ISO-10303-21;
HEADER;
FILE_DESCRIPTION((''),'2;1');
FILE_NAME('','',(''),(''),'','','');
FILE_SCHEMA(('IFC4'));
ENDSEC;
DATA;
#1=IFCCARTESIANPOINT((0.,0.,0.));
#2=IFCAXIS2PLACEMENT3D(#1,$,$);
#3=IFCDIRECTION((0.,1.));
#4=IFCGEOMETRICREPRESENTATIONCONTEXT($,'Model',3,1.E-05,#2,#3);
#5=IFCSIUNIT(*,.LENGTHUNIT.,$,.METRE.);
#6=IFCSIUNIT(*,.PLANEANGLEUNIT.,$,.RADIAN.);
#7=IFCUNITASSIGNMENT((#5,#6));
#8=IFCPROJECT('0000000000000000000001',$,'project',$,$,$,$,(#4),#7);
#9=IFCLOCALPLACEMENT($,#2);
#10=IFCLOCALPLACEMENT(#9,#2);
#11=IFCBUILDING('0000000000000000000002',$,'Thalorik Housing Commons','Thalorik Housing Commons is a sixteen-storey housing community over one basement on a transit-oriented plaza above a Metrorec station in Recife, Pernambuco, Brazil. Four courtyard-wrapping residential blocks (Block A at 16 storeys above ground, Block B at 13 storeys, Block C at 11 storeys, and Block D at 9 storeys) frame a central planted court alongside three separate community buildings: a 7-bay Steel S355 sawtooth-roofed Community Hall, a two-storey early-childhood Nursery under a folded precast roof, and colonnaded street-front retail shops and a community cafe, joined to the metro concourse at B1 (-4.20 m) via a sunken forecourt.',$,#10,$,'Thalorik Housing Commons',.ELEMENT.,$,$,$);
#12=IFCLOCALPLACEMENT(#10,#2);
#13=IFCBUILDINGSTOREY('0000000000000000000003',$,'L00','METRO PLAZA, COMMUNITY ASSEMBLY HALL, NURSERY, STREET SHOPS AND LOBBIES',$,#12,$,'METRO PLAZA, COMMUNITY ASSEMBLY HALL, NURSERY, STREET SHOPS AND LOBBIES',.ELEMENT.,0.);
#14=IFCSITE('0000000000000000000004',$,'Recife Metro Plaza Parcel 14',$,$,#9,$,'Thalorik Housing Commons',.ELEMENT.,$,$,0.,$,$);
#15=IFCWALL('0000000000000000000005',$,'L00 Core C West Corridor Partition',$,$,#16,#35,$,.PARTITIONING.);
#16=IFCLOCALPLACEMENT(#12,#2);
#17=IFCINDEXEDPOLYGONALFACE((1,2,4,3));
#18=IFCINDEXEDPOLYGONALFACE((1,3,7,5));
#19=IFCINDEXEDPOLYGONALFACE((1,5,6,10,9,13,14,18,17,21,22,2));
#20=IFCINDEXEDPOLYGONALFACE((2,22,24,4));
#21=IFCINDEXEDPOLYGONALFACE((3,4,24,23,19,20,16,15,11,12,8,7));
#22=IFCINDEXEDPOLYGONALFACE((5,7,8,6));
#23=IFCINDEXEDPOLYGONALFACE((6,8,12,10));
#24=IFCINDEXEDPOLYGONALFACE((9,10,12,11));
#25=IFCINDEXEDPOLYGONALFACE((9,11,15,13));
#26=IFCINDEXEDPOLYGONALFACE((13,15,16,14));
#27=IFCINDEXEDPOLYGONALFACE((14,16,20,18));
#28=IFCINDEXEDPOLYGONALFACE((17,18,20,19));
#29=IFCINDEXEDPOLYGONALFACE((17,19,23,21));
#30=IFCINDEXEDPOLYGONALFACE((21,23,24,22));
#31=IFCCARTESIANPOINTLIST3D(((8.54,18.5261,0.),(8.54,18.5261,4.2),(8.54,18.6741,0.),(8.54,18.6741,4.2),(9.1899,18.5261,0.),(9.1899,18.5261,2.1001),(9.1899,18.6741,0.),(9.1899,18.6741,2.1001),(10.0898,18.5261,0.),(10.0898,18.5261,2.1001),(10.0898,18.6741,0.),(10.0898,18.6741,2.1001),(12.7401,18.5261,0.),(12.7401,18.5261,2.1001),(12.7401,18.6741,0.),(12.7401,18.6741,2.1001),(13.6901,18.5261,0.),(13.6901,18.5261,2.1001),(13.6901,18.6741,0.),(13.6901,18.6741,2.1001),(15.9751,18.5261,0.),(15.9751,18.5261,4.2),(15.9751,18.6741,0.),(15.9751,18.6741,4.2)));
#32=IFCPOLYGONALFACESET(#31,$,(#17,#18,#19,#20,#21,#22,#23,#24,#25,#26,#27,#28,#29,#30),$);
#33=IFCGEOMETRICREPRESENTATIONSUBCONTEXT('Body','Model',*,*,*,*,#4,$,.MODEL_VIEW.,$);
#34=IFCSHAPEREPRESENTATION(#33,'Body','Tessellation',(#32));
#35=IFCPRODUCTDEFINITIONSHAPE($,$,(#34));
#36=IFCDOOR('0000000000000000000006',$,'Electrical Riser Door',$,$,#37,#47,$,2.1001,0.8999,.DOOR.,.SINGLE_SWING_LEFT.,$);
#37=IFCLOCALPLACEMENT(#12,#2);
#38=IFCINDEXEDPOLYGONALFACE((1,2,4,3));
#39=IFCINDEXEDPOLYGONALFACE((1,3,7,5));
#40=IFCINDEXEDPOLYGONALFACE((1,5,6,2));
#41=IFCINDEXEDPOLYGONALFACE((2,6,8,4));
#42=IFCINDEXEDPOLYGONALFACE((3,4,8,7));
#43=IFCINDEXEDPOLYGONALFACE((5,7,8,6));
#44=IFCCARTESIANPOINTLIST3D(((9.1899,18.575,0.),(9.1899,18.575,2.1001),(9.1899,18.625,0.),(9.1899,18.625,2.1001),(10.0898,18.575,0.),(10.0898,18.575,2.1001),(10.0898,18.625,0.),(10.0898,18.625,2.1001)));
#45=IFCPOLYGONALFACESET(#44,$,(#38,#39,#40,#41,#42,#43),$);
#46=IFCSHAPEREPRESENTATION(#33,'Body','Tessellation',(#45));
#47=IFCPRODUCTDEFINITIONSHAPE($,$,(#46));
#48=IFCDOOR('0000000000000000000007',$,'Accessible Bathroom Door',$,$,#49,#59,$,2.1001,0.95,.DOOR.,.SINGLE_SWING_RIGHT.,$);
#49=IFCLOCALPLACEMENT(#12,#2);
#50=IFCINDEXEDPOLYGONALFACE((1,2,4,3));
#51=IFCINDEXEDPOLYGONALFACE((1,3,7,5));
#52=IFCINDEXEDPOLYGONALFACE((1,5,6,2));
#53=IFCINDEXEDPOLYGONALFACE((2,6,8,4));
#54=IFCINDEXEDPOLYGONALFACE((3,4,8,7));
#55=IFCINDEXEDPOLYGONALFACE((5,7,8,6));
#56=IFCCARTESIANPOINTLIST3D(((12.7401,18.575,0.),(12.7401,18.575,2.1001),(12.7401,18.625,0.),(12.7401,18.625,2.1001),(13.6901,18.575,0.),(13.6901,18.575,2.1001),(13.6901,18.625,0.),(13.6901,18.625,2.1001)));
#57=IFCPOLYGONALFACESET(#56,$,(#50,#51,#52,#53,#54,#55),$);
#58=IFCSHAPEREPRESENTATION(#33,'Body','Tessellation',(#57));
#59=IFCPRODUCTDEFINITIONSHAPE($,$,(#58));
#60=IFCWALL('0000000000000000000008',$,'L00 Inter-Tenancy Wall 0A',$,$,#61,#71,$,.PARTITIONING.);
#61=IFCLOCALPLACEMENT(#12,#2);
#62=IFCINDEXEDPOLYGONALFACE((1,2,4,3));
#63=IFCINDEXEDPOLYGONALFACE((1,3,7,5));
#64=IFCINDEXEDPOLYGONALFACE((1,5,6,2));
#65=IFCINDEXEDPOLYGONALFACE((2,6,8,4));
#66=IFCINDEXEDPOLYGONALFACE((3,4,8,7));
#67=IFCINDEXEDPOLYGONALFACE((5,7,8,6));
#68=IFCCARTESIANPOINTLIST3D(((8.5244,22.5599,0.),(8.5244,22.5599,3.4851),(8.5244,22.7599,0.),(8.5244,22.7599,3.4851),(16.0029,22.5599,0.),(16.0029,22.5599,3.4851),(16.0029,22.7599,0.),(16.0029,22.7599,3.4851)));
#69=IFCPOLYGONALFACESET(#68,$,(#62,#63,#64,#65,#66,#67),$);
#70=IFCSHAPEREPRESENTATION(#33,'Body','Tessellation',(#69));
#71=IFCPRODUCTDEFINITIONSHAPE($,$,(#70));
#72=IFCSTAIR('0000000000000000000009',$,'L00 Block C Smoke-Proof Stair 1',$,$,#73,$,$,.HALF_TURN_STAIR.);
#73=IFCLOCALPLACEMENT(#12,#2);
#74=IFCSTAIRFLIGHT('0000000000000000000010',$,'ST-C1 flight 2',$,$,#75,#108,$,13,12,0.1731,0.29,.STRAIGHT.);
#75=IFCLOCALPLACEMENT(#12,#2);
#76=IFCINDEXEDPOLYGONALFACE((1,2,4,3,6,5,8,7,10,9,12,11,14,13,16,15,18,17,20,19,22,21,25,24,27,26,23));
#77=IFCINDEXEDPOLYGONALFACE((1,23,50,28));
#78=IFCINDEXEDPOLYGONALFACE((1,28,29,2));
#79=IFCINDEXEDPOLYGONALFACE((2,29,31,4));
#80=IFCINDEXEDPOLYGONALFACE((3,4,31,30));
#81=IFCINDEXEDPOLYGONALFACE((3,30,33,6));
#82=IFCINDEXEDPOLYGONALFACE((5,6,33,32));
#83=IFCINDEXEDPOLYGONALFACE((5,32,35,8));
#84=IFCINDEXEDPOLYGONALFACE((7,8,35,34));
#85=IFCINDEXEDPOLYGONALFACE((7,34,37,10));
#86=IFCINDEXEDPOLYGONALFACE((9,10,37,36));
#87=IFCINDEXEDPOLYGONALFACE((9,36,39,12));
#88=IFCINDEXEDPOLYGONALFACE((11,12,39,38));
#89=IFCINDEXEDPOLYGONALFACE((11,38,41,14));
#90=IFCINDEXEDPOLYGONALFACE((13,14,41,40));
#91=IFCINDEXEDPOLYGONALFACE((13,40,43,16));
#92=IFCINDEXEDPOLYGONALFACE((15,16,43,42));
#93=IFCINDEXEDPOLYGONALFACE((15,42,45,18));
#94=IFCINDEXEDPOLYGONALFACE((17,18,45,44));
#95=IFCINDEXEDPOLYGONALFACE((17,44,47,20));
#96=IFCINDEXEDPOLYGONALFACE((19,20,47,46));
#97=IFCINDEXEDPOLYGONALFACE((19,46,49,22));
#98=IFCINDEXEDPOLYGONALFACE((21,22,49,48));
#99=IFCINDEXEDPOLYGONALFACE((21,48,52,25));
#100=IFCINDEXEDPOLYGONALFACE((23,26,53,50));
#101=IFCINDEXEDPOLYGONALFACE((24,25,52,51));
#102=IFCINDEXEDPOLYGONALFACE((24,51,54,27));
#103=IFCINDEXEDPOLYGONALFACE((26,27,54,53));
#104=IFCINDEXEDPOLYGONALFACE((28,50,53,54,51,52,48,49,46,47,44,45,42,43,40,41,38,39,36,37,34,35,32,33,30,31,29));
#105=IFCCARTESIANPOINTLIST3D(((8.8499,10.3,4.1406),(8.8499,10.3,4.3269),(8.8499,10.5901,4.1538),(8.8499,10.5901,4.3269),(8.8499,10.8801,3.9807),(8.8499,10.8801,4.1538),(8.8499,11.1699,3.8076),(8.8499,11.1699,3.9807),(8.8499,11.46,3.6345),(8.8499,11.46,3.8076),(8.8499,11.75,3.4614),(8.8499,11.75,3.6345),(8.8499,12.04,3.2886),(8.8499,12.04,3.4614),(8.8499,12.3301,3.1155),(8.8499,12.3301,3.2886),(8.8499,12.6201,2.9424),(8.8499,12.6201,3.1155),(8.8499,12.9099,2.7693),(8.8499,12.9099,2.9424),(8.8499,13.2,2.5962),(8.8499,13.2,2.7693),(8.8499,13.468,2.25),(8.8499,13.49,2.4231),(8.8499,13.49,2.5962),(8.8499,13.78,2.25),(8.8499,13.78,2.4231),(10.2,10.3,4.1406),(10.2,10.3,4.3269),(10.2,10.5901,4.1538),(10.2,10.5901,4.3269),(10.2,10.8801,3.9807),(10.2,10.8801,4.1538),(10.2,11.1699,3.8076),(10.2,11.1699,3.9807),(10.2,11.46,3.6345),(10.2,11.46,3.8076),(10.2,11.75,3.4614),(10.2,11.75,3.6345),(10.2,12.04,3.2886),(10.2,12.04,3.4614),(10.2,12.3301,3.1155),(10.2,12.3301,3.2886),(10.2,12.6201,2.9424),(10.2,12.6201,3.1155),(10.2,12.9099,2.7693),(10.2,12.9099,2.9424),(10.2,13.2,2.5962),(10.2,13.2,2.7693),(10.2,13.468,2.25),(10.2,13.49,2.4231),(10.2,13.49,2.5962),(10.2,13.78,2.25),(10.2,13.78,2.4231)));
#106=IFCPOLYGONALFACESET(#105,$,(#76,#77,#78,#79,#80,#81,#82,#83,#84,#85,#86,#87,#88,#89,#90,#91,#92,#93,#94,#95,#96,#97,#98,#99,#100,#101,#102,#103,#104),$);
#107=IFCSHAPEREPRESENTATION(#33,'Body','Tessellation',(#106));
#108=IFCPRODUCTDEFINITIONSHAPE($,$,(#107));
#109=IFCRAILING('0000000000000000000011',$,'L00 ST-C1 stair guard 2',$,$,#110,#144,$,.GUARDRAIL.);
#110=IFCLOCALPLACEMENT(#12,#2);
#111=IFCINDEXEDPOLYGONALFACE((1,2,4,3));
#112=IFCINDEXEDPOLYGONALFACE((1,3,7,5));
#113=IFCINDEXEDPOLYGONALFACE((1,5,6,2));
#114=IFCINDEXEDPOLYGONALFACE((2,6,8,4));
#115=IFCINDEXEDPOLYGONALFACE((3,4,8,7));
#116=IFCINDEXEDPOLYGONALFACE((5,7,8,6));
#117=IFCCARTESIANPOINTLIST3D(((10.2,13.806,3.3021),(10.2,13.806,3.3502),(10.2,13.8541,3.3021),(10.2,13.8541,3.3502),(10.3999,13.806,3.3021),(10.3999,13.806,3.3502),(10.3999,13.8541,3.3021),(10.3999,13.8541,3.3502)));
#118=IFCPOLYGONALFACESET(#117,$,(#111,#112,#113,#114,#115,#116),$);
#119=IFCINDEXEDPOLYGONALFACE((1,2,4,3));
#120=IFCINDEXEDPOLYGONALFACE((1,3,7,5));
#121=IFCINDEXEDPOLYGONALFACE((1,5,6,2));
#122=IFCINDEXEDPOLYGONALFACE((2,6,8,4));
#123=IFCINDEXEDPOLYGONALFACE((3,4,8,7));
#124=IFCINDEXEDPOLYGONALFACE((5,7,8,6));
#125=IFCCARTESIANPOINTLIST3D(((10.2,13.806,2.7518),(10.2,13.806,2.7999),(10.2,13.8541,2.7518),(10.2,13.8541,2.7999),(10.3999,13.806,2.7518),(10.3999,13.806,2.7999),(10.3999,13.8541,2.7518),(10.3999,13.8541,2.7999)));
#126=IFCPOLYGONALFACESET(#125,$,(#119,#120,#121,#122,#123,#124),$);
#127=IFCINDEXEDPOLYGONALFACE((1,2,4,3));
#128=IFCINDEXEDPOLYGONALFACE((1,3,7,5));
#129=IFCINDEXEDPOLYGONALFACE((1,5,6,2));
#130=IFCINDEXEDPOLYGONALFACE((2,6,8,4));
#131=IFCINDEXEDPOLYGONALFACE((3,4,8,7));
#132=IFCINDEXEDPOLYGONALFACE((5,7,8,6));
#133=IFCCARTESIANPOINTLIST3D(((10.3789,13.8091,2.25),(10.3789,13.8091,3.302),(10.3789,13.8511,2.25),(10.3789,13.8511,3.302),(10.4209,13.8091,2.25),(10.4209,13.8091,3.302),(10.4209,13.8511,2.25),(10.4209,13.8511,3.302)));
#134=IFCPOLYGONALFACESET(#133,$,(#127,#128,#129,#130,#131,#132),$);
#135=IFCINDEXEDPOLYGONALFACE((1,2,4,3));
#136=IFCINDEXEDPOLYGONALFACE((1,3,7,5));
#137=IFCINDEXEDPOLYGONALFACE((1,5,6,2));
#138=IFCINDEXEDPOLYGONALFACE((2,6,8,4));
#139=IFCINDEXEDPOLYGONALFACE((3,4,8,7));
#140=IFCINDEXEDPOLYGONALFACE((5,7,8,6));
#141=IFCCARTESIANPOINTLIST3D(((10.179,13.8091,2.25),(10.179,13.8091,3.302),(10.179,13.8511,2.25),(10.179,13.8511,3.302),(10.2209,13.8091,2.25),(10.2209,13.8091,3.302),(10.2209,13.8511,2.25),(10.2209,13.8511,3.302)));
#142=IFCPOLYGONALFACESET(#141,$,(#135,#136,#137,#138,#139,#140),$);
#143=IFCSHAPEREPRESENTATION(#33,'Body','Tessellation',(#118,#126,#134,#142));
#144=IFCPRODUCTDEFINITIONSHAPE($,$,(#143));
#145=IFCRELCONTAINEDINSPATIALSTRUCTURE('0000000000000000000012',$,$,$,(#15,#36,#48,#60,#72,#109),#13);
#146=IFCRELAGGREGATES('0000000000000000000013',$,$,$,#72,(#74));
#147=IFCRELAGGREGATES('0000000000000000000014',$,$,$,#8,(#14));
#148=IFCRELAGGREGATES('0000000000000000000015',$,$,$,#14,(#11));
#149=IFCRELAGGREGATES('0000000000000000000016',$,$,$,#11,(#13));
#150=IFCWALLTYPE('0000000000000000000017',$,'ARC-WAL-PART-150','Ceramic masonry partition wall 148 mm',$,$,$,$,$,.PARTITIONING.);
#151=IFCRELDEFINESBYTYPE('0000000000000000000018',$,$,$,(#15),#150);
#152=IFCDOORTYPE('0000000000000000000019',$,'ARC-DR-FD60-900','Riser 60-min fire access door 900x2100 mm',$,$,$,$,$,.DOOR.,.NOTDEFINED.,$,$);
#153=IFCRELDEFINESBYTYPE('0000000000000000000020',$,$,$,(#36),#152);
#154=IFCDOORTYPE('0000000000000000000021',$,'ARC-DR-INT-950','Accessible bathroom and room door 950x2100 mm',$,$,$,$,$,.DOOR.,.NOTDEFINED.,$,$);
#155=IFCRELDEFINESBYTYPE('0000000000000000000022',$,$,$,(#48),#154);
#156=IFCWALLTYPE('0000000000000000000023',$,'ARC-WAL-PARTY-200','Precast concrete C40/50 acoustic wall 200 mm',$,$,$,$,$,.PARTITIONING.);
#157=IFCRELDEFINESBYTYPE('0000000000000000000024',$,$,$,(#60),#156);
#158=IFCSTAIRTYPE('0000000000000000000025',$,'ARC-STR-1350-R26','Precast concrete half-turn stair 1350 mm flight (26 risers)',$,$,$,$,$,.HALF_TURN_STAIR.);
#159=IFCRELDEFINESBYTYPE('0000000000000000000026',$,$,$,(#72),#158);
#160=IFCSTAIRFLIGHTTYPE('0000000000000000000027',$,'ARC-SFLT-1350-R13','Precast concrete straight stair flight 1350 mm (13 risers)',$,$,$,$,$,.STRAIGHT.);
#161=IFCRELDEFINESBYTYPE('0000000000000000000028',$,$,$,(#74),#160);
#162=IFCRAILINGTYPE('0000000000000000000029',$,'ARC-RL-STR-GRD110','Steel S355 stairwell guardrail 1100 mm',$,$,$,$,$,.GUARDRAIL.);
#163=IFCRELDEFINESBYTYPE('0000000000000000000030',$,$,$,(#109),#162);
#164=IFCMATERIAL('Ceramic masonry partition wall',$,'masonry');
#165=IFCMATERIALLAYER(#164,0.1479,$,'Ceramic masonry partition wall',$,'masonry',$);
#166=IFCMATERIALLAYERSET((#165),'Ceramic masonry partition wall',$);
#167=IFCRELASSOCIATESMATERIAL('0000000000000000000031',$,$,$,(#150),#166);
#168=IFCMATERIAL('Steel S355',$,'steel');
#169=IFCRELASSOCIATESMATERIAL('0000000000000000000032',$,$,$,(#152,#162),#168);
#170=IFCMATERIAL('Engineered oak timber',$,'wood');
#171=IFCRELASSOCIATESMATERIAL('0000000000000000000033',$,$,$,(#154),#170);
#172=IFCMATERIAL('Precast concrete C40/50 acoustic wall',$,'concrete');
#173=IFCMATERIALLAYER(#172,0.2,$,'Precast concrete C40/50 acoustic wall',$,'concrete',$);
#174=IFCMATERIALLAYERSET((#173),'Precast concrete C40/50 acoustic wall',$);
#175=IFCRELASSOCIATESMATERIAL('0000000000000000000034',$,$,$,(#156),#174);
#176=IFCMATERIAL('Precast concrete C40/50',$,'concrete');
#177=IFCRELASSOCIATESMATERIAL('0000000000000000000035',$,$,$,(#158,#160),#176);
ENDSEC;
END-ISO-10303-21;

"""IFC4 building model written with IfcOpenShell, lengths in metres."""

from ifc_helpers import new_model, si_unit, direction, frame, frame_2d, origin, origin_2d, place, context, subcontext, project, spatial, polyline, rectangle, outline, extrude, material, layer, layer_set, type_object, element, fill, aggregate, save


model = new_model("IFC4")

# Units and contexts
model_context = context("Model", 3, precision=1e-05, world=origin(), true_north=direction((0.0, 1.0)))
body_context = subcontext(model_context, "Body", "Model", "MODEL_VIEW")
ifc_project = project(units=[si_unit("LENGTHUNIT", "METRE"), si_unit("PLANEANGLEUNIT", "RADIAN")], contexts=[model_context])

# Site, building, storey
site_placement = place(None, origin())
site = spatial("IfcSite", under=ifc_project, at=site_placement, Name="Recife Metro Plaza Parcel 14", LongName="Thalorik Housing Commons", CompositionType="ELEMENT", RefElevation=0.0)
building_placement = place(site_placement, origin())
building = spatial("IfcBuilding", under=site, at=building_placement, Name="Thalorik Housing Commons", Description="Thalorik Housing Commons is a sixteen-storey housing community over one basement on a transit-oriented plaza above a Metrorec station in Recife, Pernambuco, Brazil. Four courtyard-wrapping residential blocks (Block A at 16 storeys above ground, Block B at 13 storeys, Block C at 11 storeys, and Block D at 9 storeys) frame a central planted court alongside three separate community buildings: a 7-bay Steel S355 sawtooth-roofed Community Hall, a two-storey early-childhood Nursery under a folded precast roof, and colonnaded street-front retail shops and a community cafe, joined to the metro concourse at B1 (-4.20 m) via a sunken forecourt.", LongName="Thalorik Housing Commons", CompositionType="ELEMENT")
storey_placement = place(building_placement, origin())
storey = spatial("IfcBuildingStorey", under=building, at=storey_placement, Name="L00", Description="METRO PLAZA, COMMUNITY ASSEMBLY HALL, NURSERY, STREET SHOPS AND LOBBIES", LongName="METRO PLAZA, COMMUNITY ASSEMBLY HALL, NURSERY, STREET SHOPS AND LOBBIES", CompositionType="ELEMENT", Elevation=0.0)

# Shared definitions
ifc_material_1 = material(Name="Precast concrete C40/50", Category="concrete")

# Shared definitions
ifc_material_2 = material(Name="Steel S355", Category="steel")

# Shared definitions
ifc_material_3 = material(Name="Ceramic masonry partition wall", Category="masonry")
ifc_layer_1 = layer(ifc_material_3, 0.1479, Name="Ceramic masonry partition wall", Category="masonry")
ifc_layer_set_1 = layer_set([ifc_layer_1], Name="Ceramic masonry partition wall")
wall_type_1 = type_object("IfcWallType", Name="ARC-WAL-PART-150", Description="Ceramic masonry partition wall 148 mm", PredefinedType="PARTITIONING", material=ifc_layer_set_1)

# Wall, openings, doors
wall_1_placement = place(storey_placement, frame((8.54, 18.6001, 0.0), z_axis=(0.0, 0.0, 1.0), x_axis=(1.0, 0.0, 0.0)))
wall_1 = element("IfcWall", 1, at=wall_1_placement, inside=storey, type_object=wall_type_1, Name="L00 Core C West Corridor Partition", PredefinedType="PARTITIONING", context=body_context, shape_type="SweptSolid", body=[
    extrude(rectangle(XDim=7.4351, YDim=0.1479, at=frame_2d((3.7175, 0.0))), origin(), (0.0, 0.0, 1.0), 4.2),
])
opening_1_placement = place(wall_1_placement, frame((0.6499, 0.0, 0.0)))
opening_1 = element("IfcOpeningElement", 2, at=opening_1_placement, cuts=wall_1, PredefinedType="OPENING", context=body_context, shape_type="SweptSolid", body=[
    extrude(rectangle(XDim=0.8999, YDim=2.1001, at=frame_2d((0.45, 1.05))), frame((0.0, 0.084, 0.0), z_axis=(0.0, -1.0, 0.0), x_axis=(1.0, 0.0, 0.0)), (0.0, 0.0, 1.0), 0.168),
])
opening_2_placement = place(wall_1_placement, frame((4.2, 0.0, 0.0)))
opening_2 = element("IfcOpeningElement", 3, at=opening_2_placement, cuts=wall_1, PredefinedType="OPENING", context=body_context, shape_type="SweptSolid", body=[
    extrude(rectangle(XDim=0.95, YDim=2.1001, at=frame_2d((0.4751, 1.05))), frame((0.0, 0.084, 0.0), z_axis=(0.0, -1.0, 0.0), x_axis=(1.0, 0.0, 0.0)), (0.0, 0.0, 1.0), 0.168),
])
door_type_1 = type_object("IfcDoorType", Name="ARC-DR-FD60-900", Description="Riser 60-min fire access door 900x2100 mm", OperationType="NOTDEFINED", PredefinedType="DOOR", material=ifc_material_2)
door_1_placement = place(opening_1_placement, origin())
door_1 = element("IfcDoor", 4, at=door_1_placement, inside=storey, type_object=door_type_1, Name="Electrical Riser Door", OperationType="SINGLE_SWING_LEFT", OverallHeight=2.1001, OverallWidth=0.8999, PredefinedType="DOOR", context=body_context, shape_type="SweptSolid", body=[
    extrude(rectangle(XDim=0.8999, YDim=2.1001, at=frame_2d((0.45, 1.05))), frame((0.0, 0.0249, 0.0), z_axis=(0.0, -1.0, 0.0), x_axis=(1.0, 0.0, 0.0)), (0.0, 0.0, 1.0), 0.05),
])
fill(opening_1, door_1)
ifc_material_4 = material(Name="Engineered oak timber", Category="wood")
door_type_2 = type_object("IfcDoorType", Name="ARC-DR-INT-950", Description="Accessible bathroom and room door 950x2100 mm", OperationType="NOTDEFINED", PredefinedType="DOOR", material=ifc_material_4)
door_2_placement = place(opening_2_placement, origin())
door_2 = element("IfcDoor", 5, at=door_2_placement, inside=storey, type_object=door_type_2, Name="Accessible Bathroom Door", OperationType="SINGLE_SWING_RIGHT", OverallHeight=2.1001, OverallWidth=0.95, PredefinedType="DOOR", context=body_context, shape_type="SweptSolid", body=[
    extrude(rectangle(XDim=0.95, YDim=2.1001, at=frame_2d((0.4751, 1.05))), frame((0.0, 0.0249, 0.0), z_axis=(0.0, -1.0, 0.0), x_axis=(1.0, 0.0, 0.0)), (0.0, 0.0, 1.0), 0.05),
])
fill(opening_2, door_2)

# Wall
ifc_material_5 = material(Name="Precast concrete C40/50 acoustic wall", Category="concrete")
ifc_layer_2 = layer(ifc_material_5, 0.2, Name="Precast concrete C40/50 acoustic wall", Category="concrete")
ifc_layer_set_2 = layer_set([ifc_layer_2], Name="Precast concrete C40/50 acoustic wall")
wall_type_2 = type_object("IfcWallType", Name="ARC-WAL-PARTY-200", Description="Precast concrete C40/50 acoustic wall 200 mm", PredefinedType="PARTITIONING", material=ifc_layer_set_2)
wall_2_placement = place(storey_placement, frame((8.5244, 22.6599, 0.0), z_axis=(0.0, 0.0, 1.0), x_axis=(1.0, 0.0, 0.0)))
element("IfcWall", 6, at=wall_2_placement, inside=storey, type_object=wall_type_2, Name="L00 Inter-Tenancy Wall 0A", PredefinedType="PARTITIONING", context=body_context, shape_type="SweptSolid", body=[
    extrude(rectangle(XDim=7.4785, YDim=0.2, at=frame_2d((3.7393, 0.0))), origin(), (0.0, 0.0, 1.0), 3.4851),
])

# Stair, stair flight
stair_type = type_object("IfcStairType", Name="ARC-STR-1350-R26", Description="Precast concrete half-turn stair 1350 mm flight (26 risers)", PredefinedType="HALF_TURN_STAIR", material=ifc_material_1)
stair_placement = place(storey_placement, origin())
stair = element("IfcStair", 7, at=stair_placement, inside=storey, type_object=stair_type, Name="L00 Block C Smoke-Proof Stair 1", PredefinedType="HALF_TURN_STAIR")
stair_flight_type = type_object("IfcStairFlightType", Name="ARC-SFLT-1350-R13", Description="Precast concrete straight stair flight 1350 mm (13 risers)", PredefinedType="STRAIGHT", material=ifc_material_1)
stair_flight_placement = place(storey_placement, frame((9.5249, 13.78, 2.25), z_axis=(0.0, 0.0, 1.0), x_axis=(0.0, -1.0, 0.0)))
stair_flight = element("IfcStairFlight", 8, at=stair_flight_placement, type_object=stair_flight_type, Name="ST-C1 flight 2", NumberOfRisers=13, NumberOfTreads=12, PredefinedType="STRAIGHT", RiserHeight=0.1731, TreadLength=0.29, context=body_context, shape_type="SweptSolid", body=[
    extrude(outline(polyline([(0.0, 0.0), (0.0, 0.1731), (0.29, 0.1731), (0.29, 0.3462), (0.5801, 0.3462), (0.5801, 0.5193), (0.8701, 0.5193), (0.8701, 0.6924), (1.1599, 0.6924), (1.1599, 0.8655), (1.45, 0.8655), (1.45, 1.0386), (1.74, 1.0386), (1.74, 1.2114), (2.03, 1.2114), (2.03, 1.3845), (2.3201, 1.3845), (2.3201, 1.5576), (2.6101, 1.5576), (2.6101, 1.7307), (2.8999, 1.7307), (2.8999, 1.9038), (3.1899, 1.9038), (3.1899, 2.0769), (3.48, 2.0769), (3.48, 2.25), (3.48, 1.8906), (0.312, 0.0), (0.0, 0.0)])), frame((0.0, 0.675, 0.0), z_axis=(0.0, -1.0, 0.0), x_axis=(1.0, 0.0, 0.0)), (0.0, 0.0, 1.0), 1.3501),
])
aggregate(stair, [stair_flight])

# Railing
railing_type_1 = type_object("IfcRailingType", Name="ARC-RL-STR-GRD110", Description="Steel S355 stairwell guardrail 1100 mm", PredefinedType="GUARDRAIL", material=ifc_material_2)
railing_1_placement = place(storey_placement, frame((10.3999, 13.8301, 2.25)))
element("IfcRailing", 9, at=railing_1_placement, inside=storey, type_object=railing_type_1, Name="L00 ST-C1 stair guard 2", PredefinedType="GUARDRAIL", context=body_context, shape_type="SweptSolid", body=[
    extrude(rectangle(XDim=0.0481, YDim=0.0481, at=origin_2d()), frame((0.0, 0.0, 1.0762), z_axis=(-1.0, 0.0, 0.0), x_axis=(0.0, -1.0, 0.0)), (0.0, 0.0, 1.0), 0.2),
    extrude(rectangle(XDim=0.0481, YDim=0.0481, at=origin_2d()), frame((0.0, 0.0, 0.5259), z_axis=(-1.0, 0.0, 0.0), x_axis=(0.0, -1.0, 0.0)), (0.0, 0.0, 1.0), 0.2),
    extrude(rectangle(XDim=0.042, YDim=0.042, at=origin_2d()), origin(), (0.0, 0.0, 1.0), 1.052),
    extrude(rectangle(XDim=0.042, YDim=0.042, at=origin_2d()), frame((-0.2, 0.0, 0.0)), (0.0, 0.0, 1.0), 1.052),
])

save(model, "model.ifc")
